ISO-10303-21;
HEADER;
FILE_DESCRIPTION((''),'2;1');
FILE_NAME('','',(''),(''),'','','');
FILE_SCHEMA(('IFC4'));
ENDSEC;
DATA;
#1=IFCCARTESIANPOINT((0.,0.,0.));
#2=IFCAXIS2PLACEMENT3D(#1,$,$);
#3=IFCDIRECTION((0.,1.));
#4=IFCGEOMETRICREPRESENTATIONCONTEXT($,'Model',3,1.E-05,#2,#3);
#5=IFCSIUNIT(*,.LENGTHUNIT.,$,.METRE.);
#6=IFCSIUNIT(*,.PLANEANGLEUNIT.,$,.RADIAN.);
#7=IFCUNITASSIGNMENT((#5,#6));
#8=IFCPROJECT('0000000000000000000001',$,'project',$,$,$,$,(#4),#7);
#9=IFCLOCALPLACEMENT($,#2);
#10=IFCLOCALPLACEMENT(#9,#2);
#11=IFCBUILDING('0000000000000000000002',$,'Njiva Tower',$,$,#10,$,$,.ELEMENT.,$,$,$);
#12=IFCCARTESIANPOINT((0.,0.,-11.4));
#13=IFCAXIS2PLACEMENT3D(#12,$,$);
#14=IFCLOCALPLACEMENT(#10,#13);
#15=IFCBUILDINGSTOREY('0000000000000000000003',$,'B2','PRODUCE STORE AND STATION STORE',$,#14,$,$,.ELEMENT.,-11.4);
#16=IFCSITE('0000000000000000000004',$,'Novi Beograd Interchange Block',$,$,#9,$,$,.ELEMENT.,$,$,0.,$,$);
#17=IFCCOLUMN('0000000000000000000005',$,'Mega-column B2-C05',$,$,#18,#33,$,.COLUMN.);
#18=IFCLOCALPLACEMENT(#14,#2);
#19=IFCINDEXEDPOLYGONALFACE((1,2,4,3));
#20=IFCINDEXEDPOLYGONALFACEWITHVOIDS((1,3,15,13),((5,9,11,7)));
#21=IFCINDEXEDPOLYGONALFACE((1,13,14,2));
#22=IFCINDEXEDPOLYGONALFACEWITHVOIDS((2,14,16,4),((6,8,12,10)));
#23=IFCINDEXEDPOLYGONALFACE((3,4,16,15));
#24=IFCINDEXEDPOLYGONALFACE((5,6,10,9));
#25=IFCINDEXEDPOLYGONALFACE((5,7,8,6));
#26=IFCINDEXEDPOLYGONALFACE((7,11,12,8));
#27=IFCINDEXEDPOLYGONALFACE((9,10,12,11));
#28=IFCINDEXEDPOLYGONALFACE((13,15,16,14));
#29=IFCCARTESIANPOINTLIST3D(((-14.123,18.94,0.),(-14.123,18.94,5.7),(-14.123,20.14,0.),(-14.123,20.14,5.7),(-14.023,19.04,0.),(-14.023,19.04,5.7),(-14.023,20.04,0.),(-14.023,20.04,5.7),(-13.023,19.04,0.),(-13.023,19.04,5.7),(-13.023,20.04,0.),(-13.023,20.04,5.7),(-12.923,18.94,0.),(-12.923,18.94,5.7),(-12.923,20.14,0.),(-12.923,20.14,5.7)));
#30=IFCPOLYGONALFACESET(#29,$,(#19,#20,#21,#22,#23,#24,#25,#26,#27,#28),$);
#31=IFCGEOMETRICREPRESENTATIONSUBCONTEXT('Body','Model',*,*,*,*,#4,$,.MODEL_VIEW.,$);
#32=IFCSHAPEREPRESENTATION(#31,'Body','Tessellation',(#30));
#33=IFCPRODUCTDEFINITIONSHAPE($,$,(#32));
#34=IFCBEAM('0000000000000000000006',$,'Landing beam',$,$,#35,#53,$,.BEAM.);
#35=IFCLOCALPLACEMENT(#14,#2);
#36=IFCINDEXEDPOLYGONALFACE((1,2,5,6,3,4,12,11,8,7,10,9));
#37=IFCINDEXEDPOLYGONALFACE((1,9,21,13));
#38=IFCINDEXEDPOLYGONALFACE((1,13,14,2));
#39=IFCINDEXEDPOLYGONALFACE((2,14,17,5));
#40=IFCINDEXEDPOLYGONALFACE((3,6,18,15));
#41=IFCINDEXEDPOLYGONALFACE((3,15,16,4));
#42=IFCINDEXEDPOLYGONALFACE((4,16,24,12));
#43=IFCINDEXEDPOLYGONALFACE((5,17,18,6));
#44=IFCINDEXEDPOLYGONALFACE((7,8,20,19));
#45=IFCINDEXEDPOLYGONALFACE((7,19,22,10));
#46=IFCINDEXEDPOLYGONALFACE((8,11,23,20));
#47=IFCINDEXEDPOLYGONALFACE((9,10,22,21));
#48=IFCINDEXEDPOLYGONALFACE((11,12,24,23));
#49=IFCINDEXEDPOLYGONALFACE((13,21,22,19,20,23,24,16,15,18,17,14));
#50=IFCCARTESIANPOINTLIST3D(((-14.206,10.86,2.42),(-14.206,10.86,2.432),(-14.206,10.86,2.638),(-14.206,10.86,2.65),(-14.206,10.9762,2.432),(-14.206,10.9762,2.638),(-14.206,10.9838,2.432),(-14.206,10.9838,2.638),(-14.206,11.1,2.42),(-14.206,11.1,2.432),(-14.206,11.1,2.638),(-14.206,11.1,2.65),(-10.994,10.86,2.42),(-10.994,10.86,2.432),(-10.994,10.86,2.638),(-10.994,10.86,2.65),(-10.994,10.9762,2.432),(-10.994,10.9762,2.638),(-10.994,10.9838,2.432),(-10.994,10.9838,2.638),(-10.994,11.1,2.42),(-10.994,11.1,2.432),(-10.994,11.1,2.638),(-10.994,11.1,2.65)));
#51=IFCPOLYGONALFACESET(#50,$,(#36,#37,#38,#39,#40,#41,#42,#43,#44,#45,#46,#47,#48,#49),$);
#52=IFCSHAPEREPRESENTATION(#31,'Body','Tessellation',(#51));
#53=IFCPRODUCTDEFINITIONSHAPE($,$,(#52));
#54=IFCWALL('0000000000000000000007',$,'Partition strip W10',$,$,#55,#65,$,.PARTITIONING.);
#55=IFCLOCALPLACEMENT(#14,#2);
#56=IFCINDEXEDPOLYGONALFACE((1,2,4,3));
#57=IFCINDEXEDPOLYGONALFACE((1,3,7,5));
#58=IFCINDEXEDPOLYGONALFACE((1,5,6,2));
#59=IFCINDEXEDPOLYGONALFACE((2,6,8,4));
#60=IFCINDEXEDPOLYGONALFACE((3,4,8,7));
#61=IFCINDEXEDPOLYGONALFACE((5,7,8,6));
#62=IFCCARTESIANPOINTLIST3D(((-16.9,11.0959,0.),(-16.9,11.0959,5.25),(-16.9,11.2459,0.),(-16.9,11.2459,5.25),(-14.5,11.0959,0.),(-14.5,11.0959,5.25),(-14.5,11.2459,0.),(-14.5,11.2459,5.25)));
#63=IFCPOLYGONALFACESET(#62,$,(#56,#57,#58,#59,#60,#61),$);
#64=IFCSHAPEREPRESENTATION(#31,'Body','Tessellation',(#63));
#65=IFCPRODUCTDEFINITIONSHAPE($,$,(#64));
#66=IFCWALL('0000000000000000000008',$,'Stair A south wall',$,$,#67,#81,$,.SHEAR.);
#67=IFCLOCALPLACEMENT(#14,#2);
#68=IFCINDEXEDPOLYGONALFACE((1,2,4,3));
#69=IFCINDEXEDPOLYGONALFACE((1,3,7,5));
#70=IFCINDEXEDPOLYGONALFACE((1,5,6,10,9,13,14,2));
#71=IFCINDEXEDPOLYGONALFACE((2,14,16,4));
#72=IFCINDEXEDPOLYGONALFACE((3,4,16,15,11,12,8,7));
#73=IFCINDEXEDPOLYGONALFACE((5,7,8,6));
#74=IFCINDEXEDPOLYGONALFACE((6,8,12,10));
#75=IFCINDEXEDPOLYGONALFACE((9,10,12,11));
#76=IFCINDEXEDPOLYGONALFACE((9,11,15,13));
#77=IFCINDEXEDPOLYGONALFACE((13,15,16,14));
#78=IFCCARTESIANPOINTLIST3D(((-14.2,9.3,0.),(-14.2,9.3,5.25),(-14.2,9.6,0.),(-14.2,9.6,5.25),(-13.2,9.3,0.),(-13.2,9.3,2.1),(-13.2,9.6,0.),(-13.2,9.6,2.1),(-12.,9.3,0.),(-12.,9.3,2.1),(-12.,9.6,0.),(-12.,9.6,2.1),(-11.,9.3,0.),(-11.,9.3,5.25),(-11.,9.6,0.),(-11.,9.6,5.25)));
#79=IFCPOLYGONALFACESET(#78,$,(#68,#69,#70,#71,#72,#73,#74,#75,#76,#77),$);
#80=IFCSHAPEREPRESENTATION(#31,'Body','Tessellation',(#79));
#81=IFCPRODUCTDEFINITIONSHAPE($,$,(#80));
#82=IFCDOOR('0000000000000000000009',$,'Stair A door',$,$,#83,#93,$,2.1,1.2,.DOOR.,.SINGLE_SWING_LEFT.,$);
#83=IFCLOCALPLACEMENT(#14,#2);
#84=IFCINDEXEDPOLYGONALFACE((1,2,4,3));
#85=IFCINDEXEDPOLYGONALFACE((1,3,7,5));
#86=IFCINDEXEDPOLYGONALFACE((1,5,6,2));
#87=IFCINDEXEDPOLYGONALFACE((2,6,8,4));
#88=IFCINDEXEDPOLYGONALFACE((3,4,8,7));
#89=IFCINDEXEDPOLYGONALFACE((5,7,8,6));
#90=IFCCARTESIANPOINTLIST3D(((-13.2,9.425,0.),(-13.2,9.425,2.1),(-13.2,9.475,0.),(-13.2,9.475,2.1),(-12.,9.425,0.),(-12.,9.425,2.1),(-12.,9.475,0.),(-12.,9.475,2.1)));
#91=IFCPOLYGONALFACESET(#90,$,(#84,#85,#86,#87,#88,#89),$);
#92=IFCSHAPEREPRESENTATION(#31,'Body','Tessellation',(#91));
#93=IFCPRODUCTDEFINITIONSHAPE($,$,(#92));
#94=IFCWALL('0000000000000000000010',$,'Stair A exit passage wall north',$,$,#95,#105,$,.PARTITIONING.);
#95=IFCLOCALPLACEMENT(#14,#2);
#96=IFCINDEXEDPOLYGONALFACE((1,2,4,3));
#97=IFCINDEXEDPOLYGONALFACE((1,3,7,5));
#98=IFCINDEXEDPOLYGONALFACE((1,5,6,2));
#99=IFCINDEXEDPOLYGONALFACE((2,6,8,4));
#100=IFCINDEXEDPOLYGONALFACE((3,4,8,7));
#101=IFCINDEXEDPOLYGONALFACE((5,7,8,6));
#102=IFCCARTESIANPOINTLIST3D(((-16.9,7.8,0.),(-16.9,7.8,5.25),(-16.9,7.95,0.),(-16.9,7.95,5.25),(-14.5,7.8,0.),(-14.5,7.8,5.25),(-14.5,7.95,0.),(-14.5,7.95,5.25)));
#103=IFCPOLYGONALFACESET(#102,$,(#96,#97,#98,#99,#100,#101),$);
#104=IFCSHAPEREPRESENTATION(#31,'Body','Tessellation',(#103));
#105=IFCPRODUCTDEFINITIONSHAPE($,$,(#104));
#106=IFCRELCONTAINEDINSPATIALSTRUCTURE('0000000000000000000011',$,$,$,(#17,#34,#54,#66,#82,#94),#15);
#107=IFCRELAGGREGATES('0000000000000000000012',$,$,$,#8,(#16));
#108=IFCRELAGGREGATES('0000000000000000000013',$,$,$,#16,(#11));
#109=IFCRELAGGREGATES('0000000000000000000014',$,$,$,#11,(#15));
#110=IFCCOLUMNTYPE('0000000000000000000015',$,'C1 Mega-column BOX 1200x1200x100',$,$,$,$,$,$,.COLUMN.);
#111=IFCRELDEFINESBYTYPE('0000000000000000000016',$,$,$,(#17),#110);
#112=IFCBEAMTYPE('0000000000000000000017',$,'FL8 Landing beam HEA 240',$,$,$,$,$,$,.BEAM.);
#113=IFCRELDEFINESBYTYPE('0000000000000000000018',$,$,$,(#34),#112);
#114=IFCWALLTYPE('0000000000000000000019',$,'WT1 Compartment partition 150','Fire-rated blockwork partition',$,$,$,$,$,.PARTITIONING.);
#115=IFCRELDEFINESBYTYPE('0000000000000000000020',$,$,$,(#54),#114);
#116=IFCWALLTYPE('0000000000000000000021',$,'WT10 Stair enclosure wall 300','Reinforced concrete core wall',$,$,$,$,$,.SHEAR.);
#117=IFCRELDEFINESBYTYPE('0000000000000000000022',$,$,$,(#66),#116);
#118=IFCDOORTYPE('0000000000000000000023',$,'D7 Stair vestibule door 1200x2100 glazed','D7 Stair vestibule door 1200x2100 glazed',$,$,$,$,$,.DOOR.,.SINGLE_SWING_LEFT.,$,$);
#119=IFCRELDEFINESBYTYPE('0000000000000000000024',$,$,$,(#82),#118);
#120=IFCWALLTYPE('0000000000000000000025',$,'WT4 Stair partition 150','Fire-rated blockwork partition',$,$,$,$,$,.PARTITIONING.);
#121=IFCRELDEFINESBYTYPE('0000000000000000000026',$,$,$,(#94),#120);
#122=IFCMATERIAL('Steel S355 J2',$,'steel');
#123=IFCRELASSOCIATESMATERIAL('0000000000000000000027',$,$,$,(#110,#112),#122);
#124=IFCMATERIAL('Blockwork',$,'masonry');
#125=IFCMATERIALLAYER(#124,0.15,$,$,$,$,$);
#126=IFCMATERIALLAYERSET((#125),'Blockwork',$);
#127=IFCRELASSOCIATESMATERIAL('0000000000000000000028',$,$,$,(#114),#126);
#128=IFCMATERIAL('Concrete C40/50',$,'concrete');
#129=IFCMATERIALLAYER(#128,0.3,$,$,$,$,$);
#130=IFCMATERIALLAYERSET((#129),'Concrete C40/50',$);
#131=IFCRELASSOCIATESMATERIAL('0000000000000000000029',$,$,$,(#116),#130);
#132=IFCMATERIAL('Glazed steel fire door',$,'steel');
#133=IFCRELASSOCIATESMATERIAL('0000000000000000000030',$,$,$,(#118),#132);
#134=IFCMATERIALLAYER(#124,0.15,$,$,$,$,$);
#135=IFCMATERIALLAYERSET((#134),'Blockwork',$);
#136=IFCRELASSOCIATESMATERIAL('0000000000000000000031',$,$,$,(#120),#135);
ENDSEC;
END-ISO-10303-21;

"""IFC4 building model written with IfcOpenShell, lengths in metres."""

from ifc_helpers import new_model, si_unit, direction, frame, frame_2d, origin, origin_2d, place, context, subcontext, project, spatial, rectangle, hollow_rectangle, i_section, extrude, material, layer, layer_set, material_profile, profile_set, type_object, element, fill, save


model = new_model("IFC4")

# Units and contexts
model_context = context("Model", 3, precision=1e-05, world=origin(), true_north=direction((0.0, 1.0)))
body_context = subcontext(model_context, "Body", "Model", "MODEL_VIEW")
ifc_project = project(units=[si_unit("LENGTHUNIT", "METRE"), si_unit("PLANEANGLEUNIT", "RADIAN")], contexts=[model_context])

# Site, building, storey
site_placement = place(None, origin())
site = spatial("IfcSite", under=ifc_project, at=site_placement, Name="Novi Beograd Interchange Block", CompositionType="ELEMENT", RefElevation=0.0)
building_placement = place(site_placement, origin())
building = spatial("IfcBuilding", under=site, at=building_placement, Name="Njiva Tower", CompositionType="ELEMENT")
storey_placement = place(building_placement, frame((0.0, 0.0, -11.4)))
storey = spatial("IfcBuildingStorey", under=building, at=storey_placement, Name="B2", Description="PRODUCE STORE AND STATION STORE", CompositionType="ELEMENT", Elevation=-11.4)

# Column
ifc_material_1 = material(Name="Steel S355 J2", Category="steel")
ifc_material_profile_1 = material_profile(ifc_material_1, hollow_rectangle(XDim=1.2, YDim=1.2, WallThickness=0.1, at=origin_2d()), Name="BOX 1200x1200x100")
ifc_profile_set_1 = profile_set([ifc_material_profile_1], Name="Steel S355 J2")
column_type = type_object("IfcColumnType", Name="C1 Mega-column BOX 1200x1200x100", PredefinedType="COLUMN", material=ifc_profile_set_1)
column_placement = place(storey_placement, frame((-13.523, 19.54, 0.0), z_axis=(0.0, 0.0, 1.0), x_axis=(-1.0, 0.0, 0.0)))
element("IfcColumn", 1, at=column_placement, inside=storey, type_object=column_type, Name="Mega-column B2-C05", PredefinedType="COLUMN", context=body_context, shape_type="SweptSolid", body=[
    extrude(hollow_rectangle(XDim=1.2, YDim=1.2, WallThickness=0.1, at=origin_2d()), origin(), (0.0, 0.0, 1.0), 5.7),
])

# Beam
ifc_material_profile_2 = material_profile(ifc_material_1, i_section(OverallWidth=0.24, OverallDepth=0.23, WebThickness=0.0075, FlangeThickness=0.012, at=origin_2d()), Name="HEA240")
ifc_profile_set_2 = profile_set([ifc_material_profile_2], Name="Steel S355 J2")
beam_type = type_object("IfcBeamType", Name="FL8 Landing beam HEA 240", PredefinedType="BEAM", material=ifc_profile_set_2)
beam_placement = place(storey_placement, frame((-14.206, 10.98, 2.535), z_axis=(1.0, 0.0, 0.0), x_axis=(0.0, 1.0, 0.0)))
element("IfcBeam", 2, at=beam_placement, inside=storey, type_object=beam_type, Name="Landing beam", PredefinedType="BEAM", context=body_context, shape_type="SweptSolid", body=[
    extrude(i_section(OverallWidth=0.24, OverallDepth=0.23, WebThickness=0.0075, FlangeThickness=0.012, at=origin_2d()), origin(), (0.0, 0.0, 1.0), 3.212),
])

# Wall
ifc_material_2 = material(Name="Blockwork", Category="masonry")
ifc_layer_1 = layer(ifc_material_2, 0.15)
ifc_layer_set_1 = layer_set([ifc_layer_1], Name="Blockwork")
wall_type_1 = type_object("IfcWallType", Name="WT1 Compartment partition 150", Description="Fire-rated blockwork partition", PredefinedType="PARTITIONING", material=ifc_layer_set_1)
wall_1_placement = place(storey_placement, frame((-16.9, 11.1709, 0.0), z_axis=(0.0, 0.0, 1.0), x_axis=(1.0, 0.0, 0.0)))
element("IfcWall", 3, at=wall_1_placement, inside=storey, type_object=wall_type_1, Name="Partition strip W10", PredefinedType="PARTITIONING", context=body_context, shape_type="SweptSolid", body=[
    extrude(rectangle(XDim=2.4, YDim=0.15, at=frame_2d((1.2, 0.0))), origin(), (0.0, 0.0, 1.0), 5.25),
])

# Wall, opening, door
ifc_material_3 = material(Name="Concrete C40/50", Category="concrete")
ifc_layer_2 = layer(ifc_material_3, 0.3)
ifc_layer_set_2 = layer_set([ifc_layer_2], Name="Concrete C40/50")
wall_type_2 = type_object("IfcWallType", Name="WT10 Stair enclosure wall 300", Description="Reinforced concrete core wall", PredefinedType="SHEAR", material=ifc_layer_set_2)
wall_2_placement = place(storey_placement, frame((-14.2, 9.45, 0.0), z_axis=(0.0, 0.0, 1.0), x_axis=(1.0, 0.0, 0.0)))
wall_2 = element("IfcWall", 4, at=wall_2_placement, inside=storey, type_object=wall_type_2, Name="Stair A south wall", PredefinedType="SHEAR", context=body_context, shape_type="SweptSolid", body=[
    extrude(rectangle(XDim=3.2, YDim=0.3, at=frame_2d((1.6, 0.0))), origin(), (0.0, 0.0, 1.0), 5.25),
])
opening_placement = place(wall_2_placement, frame((1.0, 0.0, 0.0)))
opening = element("IfcOpeningElement", 5, at=opening_placement, cuts=wall_2, PredefinedType="OPENING", context=body_context, shape_type="SweptSolid", body=[
    extrude(rectangle(XDim=1.2, YDim=2.1, at=frame_2d((0.6, 1.05))), frame((0.0, 0.16, 0.0), z_axis=(0.0, -1.0, 0.0), x_axis=(1.0, 0.0, 0.0)), (0.0, 0.0, 1.0), 0.32),
])
ifc_material_4 = material(Name="Glazed steel fire door", Category="steel")
door_type = type_object("IfcDoorType", Name="D7 Stair vestibule door 1200x2100 glazed", Description="D7 Stair vestibule door 1200x2100 glazed", OperationType="SINGLE_SWING_LEFT", PredefinedType="DOOR", material=ifc_material_4)
door_placement = place(opening_placement, origin())
door = element("IfcDoor", 6, at=door_placement, inside=storey, type_object=door_type, Name="Stair A door", OperationType="SINGLE_SWING_LEFT", OverallHeight=2.1, OverallWidth=1.2, PredefinedType="DOOR", context=body_context, shape_type="SweptSolid", body=[
    extrude(rectangle(XDim=1.2, YDim=2.1, at=frame_2d((0.6, 1.05))), frame((0.0, 0.025, 0.0), z_axis=(0.0, -1.0, 0.0), x_axis=(1.0, 0.0, 0.0)), (0.0, 0.0, 1.0), 0.05),
])
fill(opening, door)

# Wall
ifc_layer_3 = layer(ifc_material_2, 0.15)
ifc_layer_set_3 = layer_set([ifc_layer_3], Name="Blockwork")
wall_type_3 = type_object("IfcWallType", Name="WT4 Stair partition 150", Description="Fire-rated blockwork partition", PredefinedType="PARTITIONING", material=ifc_layer_set_3)
wall_3_placement = place(storey_placement, frame((-16.9, 7.875, 0.0), z_axis=(0.0, 0.0, 1.0), x_axis=(1.0, 0.0, 0.0)))
element("IfcWall", 7, at=wall_3_placement, inside=storey, type_object=wall_type_3, Name="Stair A exit passage wall north", PredefinedType="PARTITIONING", context=body_context, shape_type="SweptSolid", body=[
    extrude(rectangle(XDim=2.4, YDim=0.15, at=frame_2d((1.2, 0.0))), origin(), (0.0, 0.0, 1.0), 5.25),
])

save(model, "model.ifc")
